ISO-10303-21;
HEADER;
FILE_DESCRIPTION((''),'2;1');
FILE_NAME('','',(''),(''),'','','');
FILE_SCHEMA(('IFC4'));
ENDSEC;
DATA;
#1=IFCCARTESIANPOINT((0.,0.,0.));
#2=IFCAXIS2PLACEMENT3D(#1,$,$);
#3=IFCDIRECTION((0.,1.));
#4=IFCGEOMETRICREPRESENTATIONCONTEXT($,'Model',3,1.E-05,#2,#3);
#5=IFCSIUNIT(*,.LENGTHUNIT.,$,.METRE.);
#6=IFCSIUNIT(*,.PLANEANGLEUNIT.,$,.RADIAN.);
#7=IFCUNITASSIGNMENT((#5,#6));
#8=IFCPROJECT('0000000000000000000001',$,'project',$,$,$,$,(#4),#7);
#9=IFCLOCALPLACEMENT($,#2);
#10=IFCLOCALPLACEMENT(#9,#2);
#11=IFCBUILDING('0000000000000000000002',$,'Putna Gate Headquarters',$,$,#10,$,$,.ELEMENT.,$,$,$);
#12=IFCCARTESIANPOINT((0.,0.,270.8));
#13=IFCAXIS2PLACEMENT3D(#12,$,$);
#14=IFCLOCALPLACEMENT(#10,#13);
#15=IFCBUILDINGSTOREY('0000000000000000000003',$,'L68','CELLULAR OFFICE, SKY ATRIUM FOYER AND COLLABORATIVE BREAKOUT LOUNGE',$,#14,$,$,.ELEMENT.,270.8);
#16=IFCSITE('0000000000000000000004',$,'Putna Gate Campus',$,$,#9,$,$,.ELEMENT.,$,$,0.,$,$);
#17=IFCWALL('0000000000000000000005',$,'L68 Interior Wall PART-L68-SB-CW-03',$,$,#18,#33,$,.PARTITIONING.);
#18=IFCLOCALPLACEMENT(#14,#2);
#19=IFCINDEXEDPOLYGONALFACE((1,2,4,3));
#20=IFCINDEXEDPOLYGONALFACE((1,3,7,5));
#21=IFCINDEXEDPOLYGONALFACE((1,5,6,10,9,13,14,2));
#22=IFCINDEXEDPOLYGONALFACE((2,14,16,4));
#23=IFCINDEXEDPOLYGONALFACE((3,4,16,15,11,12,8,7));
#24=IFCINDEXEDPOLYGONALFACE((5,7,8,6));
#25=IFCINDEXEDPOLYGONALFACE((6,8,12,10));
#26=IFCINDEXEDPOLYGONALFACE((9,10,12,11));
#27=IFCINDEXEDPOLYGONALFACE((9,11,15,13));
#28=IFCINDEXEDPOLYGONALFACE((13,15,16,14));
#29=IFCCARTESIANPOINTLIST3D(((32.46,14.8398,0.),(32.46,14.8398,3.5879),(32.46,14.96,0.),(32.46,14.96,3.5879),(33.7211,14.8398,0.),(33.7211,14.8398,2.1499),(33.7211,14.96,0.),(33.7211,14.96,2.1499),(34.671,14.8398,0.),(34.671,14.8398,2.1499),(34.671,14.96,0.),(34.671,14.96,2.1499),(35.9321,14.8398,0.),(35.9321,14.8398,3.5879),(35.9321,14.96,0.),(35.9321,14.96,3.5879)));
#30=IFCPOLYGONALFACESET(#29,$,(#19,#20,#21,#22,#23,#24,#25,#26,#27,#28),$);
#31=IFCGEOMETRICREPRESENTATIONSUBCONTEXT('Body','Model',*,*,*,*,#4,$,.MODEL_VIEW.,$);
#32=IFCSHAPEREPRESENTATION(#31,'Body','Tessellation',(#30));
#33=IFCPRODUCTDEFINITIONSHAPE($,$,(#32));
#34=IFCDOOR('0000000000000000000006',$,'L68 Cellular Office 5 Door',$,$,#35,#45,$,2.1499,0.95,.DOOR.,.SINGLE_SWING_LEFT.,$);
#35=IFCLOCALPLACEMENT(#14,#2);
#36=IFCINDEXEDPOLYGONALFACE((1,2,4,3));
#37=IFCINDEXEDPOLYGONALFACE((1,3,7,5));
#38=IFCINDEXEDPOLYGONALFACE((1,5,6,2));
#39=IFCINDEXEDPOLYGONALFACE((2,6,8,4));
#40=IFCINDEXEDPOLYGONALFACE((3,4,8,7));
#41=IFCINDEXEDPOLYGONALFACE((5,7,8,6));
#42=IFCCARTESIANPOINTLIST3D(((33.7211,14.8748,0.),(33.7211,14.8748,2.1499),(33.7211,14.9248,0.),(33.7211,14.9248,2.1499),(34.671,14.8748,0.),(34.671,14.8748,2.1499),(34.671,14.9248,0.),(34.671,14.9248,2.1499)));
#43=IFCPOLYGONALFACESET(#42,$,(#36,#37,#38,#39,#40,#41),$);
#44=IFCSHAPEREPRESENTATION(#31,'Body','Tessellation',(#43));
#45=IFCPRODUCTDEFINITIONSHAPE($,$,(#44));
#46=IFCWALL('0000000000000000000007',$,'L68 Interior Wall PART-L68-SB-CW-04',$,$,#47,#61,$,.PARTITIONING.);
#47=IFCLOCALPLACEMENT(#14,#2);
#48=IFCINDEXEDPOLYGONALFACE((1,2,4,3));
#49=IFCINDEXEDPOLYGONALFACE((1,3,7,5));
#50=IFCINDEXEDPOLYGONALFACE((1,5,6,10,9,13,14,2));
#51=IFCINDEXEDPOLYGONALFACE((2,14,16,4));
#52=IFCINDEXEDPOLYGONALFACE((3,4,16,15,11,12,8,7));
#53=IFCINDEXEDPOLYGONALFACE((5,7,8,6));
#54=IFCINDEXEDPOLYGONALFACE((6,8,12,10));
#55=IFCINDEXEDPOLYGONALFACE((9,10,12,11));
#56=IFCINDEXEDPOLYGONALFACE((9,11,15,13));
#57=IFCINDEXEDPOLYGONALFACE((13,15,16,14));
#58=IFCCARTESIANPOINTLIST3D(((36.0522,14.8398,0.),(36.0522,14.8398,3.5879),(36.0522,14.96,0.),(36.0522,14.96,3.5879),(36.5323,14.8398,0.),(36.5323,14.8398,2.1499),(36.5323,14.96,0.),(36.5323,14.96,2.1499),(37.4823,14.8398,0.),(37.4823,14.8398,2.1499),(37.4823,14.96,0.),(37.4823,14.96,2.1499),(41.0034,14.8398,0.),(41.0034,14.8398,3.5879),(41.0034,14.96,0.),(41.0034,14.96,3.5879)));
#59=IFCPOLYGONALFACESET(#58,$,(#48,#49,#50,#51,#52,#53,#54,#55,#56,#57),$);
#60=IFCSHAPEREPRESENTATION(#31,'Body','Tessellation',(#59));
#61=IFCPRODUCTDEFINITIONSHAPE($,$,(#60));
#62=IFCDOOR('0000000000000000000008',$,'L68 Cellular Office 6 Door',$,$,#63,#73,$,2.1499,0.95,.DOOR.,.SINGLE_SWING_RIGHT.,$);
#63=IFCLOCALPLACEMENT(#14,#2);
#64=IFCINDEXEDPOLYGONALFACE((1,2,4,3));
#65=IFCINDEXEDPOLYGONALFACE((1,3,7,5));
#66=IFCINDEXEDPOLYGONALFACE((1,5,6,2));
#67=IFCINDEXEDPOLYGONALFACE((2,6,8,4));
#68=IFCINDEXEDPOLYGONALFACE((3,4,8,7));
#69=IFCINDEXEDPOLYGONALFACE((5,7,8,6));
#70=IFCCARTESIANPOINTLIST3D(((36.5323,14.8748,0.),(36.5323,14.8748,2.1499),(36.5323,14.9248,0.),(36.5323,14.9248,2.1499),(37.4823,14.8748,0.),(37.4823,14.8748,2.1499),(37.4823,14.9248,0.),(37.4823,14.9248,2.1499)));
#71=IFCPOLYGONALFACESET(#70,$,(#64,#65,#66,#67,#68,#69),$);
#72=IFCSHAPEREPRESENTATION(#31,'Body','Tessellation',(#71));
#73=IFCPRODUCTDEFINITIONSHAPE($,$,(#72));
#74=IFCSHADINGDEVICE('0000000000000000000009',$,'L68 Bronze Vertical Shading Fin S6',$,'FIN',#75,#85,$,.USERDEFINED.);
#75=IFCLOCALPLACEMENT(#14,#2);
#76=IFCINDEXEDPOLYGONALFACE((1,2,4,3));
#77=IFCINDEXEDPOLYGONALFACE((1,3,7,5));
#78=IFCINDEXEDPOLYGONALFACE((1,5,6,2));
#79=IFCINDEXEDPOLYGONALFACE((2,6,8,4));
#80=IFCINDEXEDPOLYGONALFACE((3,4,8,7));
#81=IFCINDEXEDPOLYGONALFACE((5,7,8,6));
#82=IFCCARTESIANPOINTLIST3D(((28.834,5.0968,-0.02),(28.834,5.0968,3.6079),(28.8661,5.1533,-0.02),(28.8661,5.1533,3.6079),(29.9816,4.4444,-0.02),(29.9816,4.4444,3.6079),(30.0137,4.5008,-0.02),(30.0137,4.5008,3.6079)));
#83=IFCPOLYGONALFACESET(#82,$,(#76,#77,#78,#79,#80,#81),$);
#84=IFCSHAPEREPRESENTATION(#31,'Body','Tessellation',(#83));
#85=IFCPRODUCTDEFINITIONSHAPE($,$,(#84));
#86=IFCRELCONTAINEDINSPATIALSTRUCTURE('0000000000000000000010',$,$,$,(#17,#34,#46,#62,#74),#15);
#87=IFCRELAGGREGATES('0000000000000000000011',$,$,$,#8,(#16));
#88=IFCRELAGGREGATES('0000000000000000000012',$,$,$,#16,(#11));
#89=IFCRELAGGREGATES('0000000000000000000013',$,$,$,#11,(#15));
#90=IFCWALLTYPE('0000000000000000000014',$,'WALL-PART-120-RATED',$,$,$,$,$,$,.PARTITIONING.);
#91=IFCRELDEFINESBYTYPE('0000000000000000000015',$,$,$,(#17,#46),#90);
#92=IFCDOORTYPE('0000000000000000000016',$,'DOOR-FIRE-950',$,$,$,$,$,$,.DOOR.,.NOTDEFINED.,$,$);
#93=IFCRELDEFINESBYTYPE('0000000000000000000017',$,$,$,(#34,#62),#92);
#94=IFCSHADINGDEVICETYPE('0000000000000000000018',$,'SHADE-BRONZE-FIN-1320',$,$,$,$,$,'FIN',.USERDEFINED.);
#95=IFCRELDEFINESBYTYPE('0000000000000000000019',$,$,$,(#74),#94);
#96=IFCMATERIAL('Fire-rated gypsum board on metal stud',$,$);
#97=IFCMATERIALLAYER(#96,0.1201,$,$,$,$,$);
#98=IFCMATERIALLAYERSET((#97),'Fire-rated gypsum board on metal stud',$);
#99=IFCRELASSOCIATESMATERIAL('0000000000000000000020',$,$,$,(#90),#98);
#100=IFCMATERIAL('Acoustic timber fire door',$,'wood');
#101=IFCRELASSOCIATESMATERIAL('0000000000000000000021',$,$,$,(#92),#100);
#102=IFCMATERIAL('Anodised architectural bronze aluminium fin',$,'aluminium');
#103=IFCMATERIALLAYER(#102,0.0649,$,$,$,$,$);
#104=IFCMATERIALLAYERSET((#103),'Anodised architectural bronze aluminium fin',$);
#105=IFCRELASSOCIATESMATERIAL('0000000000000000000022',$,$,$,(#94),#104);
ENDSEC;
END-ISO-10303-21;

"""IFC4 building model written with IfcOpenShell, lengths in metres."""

from ifc_helpers import new_model, si_unit, direction, frame, frame_2d, origin, origin_2d, place, context, subcontext, project, spatial, rectangle, extrude, material, layer, layer_set, type_object, element, fill, save


model = new_model("IFC4")

# Units and contexts
model_context = context("Model", 3, precision=1e-05, world=origin(), true_north=direction((0.0, 1.0)))
body_context = subcontext(model_context, "Body", "Model", "MODEL_VIEW")
ifc_project = project(units=[si_unit("LENGTHUNIT", "METRE"), si_unit("PLANEANGLEUNIT", "RADIAN")], contexts=[model_context])

# Site, building, storey
site_placement = place(None, origin())
site = spatial("IfcSite", under=ifc_project, at=site_placement, Name="Putna Gate Campus", CompositionType="ELEMENT", RefElevation=0.0)
building_placement = place(site_placement, origin())
building = spatial("IfcBuilding", under=site, at=building_placement, Name="Putna Gate Headquarters", CompositionType="ELEMENT")
storey_placement = place(building_placement, frame((0.0, 0.0, 270.8)))
storey = spatial("IfcBuildingStorey", under=building, at=storey_placement, Name="L68", Description="CELLULAR OFFICE, SKY ATRIUM FOYER AND COLLABORATIVE BREAKOUT LOUNGE", CompositionType="ELEMENT", Elevation=270.8)

# Walls, openings, doors
ifc_material_1 = material(Name="Fire-rated gypsum board on metal stud")
ifc_layer_1 = layer(ifc_material_1, 0.1201)
ifc_layer_set_1 = layer_set([ifc_layer_1], Name="Fire-rated gypsum board on metal stud")
wall_type_1 = type_object("IfcWallType", Name="WALL-PART-120-RATED", PredefinedType="PARTITIONING", material=ifc_layer_set_1)
wall_1_placement = place(storey_placement, frame((32.46, 14.8999, 0.0), z_axis=(0.0, 0.0, 1.0), x_axis=(1.0, 0.0, 0.0)))
wall_1 = element("IfcWall", 1, at=wall_1_placement, inside=storey, type_object=wall_type_1, Name="L68 Interior Wall PART-L68-SB-CW-03", PredefinedType="PARTITIONING", context=body_context, shape_type="SweptSolid", body=[
    extrude(rectangle(XDim=3.4722, YDim=0.1201, at=frame_2d((1.7361, 0.0))), origin(), (0.0, 0.0, 1.0), 3.5879),
])
opening_1_placement = place(wall_1_placement, frame((1.261, 0.0, 0.0)))
opening_1 = element("IfcOpeningElement", 2, at=opening_1_placement, cuts=wall_1, PredefinedType="OPENING", context=body_context, shape_type="SweptSolid", body=[
    extrude(rectangle(XDim=0.95, YDim=2.1499, at=frame_2d((0.4751, 1.075))), frame((0.0, 0.0701, 0.0), z_axis=(0.0, -1.0, 0.0), x_axis=(1.0, 0.0, 0.0)), (0.0, 0.0, 1.0), 0.1401),
])
ifc_material_2 = material(Name="Acoustic timber fire door", Category="wood")
door_type = type_object("IfcDoorType", Name="DOOR-FIRE-950", OperationType="NOTDEFINED", PredefinedType="DOOR", material=ifc_material_2)
door_1_placement = place(opening_1_placement, origin())
door_1 = element("IfcDoor", 3, at=door_1_placement, inside=storey, type_object=door_type, Name="L68 Cellular Office 5 Door", OperationType="SINGLE_SWING_LEFT", OverallHeight=2.1499, OverallWidth=0.95, PredefinedType="DOOR", context=body_context, shape_type="SweptSolid", body=[
    extrude(rectangle(XDim=0.95, YDim=2.1499, at=frame_2d((0.4751, 1.075))), frame((0.0, 0.0249, 0.0), z_axis=(0.0, -1.0, 0.0), x_axis=(1.0, 0.0, 0.0)), (0.0, 0.0, 1.0), 0.05),
])
fill(opening_1, door_1)
wall_2_placement = place(storey_placement, frame((36.0522, 14.8999, 0.0), z_axis=(0.0, 0.0, 1.0), x_axis=(1.0, 0.0, 0.0)))
wall_2 = element("IfcWall", 4, at=wall_2_placement, inside=storey, type_object=wall_type_1, Name="L68 Interior Wall PART-L68-SB-CW-04", PredefinedType="PARTITIONING", context=body_context, shape_type="SweptSolid", body=[
    extrude(rectangle(XDim=4.9512, YDim=0.1201, at=frame_2d((2.4756, 0.0))), origin(), (0.0, 0.0, 1.0), 3.5879),
])
opening_2_placement = place(wall_2_placement, frame((0.48, 0.0, 0.0)))
opening_2 = element("IfcOpeningElement", 5, at=opening_2_placement, cuts=wall_2, PredefinedType="OPENING", context=body_context, shape_type="SweptSolid", body=[
    extrude(rectangle(XDim=0.95, YDim=2.1499, at=frame_2d((0.4751, 1.075))), frame((0.0, 0.0701, 0.0), z_axis=(0.0, -1.0, 0.0), x_axis=(1.0, 0.0, 0.0)), (0.0, 0.0, 1.0), 0.1401),
])
door_2_placement = place(opening_2_placement, origin())
door_2 = element("IfcDoor", 6, at=door_2_placement, inside=storey, type_object=door_type, Name="L68 Cellular Office 6 Door", OperationType="SINGLE_SWING_RIGHT", OverallHeight=2.1499, OverallWidth=0.95, PredefinedType="DOOR", context=body_context, shape_type="SweptSolid", body=[
    extrude(rectangle(XDim=0.95, YDim=2.1499, at=frame_2d((0.4751, 1.075))), frame((0.0, 0.0249, 0.0), z_axis=(0.0, -1.0, 0.0), x_axis=(1.0, 0.0, 0.0)), (0.0, 0.0, 1.0), 0.05),
])
fill(opening_2, door_2)

# Shading device
ifc_material_3 = material(Name="Anodised architectural bronze aluminium fin", Category="aluminium")
ifc_layer_2 = layer(ifc_material_3, 0.0649)
ifc_layer_set_2 = layer_set([ifc_layer_2], Name="Anodised architectural bronze aluminium fin")
shading_device_type = type_object("IfcShadingDeviceType", Name="SHADE-BRONZE-FIN-1320", ElementType="FIN", PredefinedType="USERDEFINED", material=ifc_layer_set_2)
shading_device_placement = place(storey_placement, frame((29.4238, 4.7988, -0.02), z_axis=(0.0, 0.0, 1.0), x_axis=(0.869322, -0.494245, 0.0)))
element("IfcShadingDevice", 7, at=shading_device_placement, inside=storey, type_object=shading_device_type, Name="L68 Bronze Vertical Shading Fin S6", ObjectType="FIN", PredefinedType="USERDEFINED", context=body_context, shape_type="SweptSolid", body=[
    extrude(rectangle(XDim=1.3201, YDim=0.0649, at=origin_2d()), origin(), (0.0, 0.0, 1.0), 3.6279),
])

save(model, "model.ifc")
